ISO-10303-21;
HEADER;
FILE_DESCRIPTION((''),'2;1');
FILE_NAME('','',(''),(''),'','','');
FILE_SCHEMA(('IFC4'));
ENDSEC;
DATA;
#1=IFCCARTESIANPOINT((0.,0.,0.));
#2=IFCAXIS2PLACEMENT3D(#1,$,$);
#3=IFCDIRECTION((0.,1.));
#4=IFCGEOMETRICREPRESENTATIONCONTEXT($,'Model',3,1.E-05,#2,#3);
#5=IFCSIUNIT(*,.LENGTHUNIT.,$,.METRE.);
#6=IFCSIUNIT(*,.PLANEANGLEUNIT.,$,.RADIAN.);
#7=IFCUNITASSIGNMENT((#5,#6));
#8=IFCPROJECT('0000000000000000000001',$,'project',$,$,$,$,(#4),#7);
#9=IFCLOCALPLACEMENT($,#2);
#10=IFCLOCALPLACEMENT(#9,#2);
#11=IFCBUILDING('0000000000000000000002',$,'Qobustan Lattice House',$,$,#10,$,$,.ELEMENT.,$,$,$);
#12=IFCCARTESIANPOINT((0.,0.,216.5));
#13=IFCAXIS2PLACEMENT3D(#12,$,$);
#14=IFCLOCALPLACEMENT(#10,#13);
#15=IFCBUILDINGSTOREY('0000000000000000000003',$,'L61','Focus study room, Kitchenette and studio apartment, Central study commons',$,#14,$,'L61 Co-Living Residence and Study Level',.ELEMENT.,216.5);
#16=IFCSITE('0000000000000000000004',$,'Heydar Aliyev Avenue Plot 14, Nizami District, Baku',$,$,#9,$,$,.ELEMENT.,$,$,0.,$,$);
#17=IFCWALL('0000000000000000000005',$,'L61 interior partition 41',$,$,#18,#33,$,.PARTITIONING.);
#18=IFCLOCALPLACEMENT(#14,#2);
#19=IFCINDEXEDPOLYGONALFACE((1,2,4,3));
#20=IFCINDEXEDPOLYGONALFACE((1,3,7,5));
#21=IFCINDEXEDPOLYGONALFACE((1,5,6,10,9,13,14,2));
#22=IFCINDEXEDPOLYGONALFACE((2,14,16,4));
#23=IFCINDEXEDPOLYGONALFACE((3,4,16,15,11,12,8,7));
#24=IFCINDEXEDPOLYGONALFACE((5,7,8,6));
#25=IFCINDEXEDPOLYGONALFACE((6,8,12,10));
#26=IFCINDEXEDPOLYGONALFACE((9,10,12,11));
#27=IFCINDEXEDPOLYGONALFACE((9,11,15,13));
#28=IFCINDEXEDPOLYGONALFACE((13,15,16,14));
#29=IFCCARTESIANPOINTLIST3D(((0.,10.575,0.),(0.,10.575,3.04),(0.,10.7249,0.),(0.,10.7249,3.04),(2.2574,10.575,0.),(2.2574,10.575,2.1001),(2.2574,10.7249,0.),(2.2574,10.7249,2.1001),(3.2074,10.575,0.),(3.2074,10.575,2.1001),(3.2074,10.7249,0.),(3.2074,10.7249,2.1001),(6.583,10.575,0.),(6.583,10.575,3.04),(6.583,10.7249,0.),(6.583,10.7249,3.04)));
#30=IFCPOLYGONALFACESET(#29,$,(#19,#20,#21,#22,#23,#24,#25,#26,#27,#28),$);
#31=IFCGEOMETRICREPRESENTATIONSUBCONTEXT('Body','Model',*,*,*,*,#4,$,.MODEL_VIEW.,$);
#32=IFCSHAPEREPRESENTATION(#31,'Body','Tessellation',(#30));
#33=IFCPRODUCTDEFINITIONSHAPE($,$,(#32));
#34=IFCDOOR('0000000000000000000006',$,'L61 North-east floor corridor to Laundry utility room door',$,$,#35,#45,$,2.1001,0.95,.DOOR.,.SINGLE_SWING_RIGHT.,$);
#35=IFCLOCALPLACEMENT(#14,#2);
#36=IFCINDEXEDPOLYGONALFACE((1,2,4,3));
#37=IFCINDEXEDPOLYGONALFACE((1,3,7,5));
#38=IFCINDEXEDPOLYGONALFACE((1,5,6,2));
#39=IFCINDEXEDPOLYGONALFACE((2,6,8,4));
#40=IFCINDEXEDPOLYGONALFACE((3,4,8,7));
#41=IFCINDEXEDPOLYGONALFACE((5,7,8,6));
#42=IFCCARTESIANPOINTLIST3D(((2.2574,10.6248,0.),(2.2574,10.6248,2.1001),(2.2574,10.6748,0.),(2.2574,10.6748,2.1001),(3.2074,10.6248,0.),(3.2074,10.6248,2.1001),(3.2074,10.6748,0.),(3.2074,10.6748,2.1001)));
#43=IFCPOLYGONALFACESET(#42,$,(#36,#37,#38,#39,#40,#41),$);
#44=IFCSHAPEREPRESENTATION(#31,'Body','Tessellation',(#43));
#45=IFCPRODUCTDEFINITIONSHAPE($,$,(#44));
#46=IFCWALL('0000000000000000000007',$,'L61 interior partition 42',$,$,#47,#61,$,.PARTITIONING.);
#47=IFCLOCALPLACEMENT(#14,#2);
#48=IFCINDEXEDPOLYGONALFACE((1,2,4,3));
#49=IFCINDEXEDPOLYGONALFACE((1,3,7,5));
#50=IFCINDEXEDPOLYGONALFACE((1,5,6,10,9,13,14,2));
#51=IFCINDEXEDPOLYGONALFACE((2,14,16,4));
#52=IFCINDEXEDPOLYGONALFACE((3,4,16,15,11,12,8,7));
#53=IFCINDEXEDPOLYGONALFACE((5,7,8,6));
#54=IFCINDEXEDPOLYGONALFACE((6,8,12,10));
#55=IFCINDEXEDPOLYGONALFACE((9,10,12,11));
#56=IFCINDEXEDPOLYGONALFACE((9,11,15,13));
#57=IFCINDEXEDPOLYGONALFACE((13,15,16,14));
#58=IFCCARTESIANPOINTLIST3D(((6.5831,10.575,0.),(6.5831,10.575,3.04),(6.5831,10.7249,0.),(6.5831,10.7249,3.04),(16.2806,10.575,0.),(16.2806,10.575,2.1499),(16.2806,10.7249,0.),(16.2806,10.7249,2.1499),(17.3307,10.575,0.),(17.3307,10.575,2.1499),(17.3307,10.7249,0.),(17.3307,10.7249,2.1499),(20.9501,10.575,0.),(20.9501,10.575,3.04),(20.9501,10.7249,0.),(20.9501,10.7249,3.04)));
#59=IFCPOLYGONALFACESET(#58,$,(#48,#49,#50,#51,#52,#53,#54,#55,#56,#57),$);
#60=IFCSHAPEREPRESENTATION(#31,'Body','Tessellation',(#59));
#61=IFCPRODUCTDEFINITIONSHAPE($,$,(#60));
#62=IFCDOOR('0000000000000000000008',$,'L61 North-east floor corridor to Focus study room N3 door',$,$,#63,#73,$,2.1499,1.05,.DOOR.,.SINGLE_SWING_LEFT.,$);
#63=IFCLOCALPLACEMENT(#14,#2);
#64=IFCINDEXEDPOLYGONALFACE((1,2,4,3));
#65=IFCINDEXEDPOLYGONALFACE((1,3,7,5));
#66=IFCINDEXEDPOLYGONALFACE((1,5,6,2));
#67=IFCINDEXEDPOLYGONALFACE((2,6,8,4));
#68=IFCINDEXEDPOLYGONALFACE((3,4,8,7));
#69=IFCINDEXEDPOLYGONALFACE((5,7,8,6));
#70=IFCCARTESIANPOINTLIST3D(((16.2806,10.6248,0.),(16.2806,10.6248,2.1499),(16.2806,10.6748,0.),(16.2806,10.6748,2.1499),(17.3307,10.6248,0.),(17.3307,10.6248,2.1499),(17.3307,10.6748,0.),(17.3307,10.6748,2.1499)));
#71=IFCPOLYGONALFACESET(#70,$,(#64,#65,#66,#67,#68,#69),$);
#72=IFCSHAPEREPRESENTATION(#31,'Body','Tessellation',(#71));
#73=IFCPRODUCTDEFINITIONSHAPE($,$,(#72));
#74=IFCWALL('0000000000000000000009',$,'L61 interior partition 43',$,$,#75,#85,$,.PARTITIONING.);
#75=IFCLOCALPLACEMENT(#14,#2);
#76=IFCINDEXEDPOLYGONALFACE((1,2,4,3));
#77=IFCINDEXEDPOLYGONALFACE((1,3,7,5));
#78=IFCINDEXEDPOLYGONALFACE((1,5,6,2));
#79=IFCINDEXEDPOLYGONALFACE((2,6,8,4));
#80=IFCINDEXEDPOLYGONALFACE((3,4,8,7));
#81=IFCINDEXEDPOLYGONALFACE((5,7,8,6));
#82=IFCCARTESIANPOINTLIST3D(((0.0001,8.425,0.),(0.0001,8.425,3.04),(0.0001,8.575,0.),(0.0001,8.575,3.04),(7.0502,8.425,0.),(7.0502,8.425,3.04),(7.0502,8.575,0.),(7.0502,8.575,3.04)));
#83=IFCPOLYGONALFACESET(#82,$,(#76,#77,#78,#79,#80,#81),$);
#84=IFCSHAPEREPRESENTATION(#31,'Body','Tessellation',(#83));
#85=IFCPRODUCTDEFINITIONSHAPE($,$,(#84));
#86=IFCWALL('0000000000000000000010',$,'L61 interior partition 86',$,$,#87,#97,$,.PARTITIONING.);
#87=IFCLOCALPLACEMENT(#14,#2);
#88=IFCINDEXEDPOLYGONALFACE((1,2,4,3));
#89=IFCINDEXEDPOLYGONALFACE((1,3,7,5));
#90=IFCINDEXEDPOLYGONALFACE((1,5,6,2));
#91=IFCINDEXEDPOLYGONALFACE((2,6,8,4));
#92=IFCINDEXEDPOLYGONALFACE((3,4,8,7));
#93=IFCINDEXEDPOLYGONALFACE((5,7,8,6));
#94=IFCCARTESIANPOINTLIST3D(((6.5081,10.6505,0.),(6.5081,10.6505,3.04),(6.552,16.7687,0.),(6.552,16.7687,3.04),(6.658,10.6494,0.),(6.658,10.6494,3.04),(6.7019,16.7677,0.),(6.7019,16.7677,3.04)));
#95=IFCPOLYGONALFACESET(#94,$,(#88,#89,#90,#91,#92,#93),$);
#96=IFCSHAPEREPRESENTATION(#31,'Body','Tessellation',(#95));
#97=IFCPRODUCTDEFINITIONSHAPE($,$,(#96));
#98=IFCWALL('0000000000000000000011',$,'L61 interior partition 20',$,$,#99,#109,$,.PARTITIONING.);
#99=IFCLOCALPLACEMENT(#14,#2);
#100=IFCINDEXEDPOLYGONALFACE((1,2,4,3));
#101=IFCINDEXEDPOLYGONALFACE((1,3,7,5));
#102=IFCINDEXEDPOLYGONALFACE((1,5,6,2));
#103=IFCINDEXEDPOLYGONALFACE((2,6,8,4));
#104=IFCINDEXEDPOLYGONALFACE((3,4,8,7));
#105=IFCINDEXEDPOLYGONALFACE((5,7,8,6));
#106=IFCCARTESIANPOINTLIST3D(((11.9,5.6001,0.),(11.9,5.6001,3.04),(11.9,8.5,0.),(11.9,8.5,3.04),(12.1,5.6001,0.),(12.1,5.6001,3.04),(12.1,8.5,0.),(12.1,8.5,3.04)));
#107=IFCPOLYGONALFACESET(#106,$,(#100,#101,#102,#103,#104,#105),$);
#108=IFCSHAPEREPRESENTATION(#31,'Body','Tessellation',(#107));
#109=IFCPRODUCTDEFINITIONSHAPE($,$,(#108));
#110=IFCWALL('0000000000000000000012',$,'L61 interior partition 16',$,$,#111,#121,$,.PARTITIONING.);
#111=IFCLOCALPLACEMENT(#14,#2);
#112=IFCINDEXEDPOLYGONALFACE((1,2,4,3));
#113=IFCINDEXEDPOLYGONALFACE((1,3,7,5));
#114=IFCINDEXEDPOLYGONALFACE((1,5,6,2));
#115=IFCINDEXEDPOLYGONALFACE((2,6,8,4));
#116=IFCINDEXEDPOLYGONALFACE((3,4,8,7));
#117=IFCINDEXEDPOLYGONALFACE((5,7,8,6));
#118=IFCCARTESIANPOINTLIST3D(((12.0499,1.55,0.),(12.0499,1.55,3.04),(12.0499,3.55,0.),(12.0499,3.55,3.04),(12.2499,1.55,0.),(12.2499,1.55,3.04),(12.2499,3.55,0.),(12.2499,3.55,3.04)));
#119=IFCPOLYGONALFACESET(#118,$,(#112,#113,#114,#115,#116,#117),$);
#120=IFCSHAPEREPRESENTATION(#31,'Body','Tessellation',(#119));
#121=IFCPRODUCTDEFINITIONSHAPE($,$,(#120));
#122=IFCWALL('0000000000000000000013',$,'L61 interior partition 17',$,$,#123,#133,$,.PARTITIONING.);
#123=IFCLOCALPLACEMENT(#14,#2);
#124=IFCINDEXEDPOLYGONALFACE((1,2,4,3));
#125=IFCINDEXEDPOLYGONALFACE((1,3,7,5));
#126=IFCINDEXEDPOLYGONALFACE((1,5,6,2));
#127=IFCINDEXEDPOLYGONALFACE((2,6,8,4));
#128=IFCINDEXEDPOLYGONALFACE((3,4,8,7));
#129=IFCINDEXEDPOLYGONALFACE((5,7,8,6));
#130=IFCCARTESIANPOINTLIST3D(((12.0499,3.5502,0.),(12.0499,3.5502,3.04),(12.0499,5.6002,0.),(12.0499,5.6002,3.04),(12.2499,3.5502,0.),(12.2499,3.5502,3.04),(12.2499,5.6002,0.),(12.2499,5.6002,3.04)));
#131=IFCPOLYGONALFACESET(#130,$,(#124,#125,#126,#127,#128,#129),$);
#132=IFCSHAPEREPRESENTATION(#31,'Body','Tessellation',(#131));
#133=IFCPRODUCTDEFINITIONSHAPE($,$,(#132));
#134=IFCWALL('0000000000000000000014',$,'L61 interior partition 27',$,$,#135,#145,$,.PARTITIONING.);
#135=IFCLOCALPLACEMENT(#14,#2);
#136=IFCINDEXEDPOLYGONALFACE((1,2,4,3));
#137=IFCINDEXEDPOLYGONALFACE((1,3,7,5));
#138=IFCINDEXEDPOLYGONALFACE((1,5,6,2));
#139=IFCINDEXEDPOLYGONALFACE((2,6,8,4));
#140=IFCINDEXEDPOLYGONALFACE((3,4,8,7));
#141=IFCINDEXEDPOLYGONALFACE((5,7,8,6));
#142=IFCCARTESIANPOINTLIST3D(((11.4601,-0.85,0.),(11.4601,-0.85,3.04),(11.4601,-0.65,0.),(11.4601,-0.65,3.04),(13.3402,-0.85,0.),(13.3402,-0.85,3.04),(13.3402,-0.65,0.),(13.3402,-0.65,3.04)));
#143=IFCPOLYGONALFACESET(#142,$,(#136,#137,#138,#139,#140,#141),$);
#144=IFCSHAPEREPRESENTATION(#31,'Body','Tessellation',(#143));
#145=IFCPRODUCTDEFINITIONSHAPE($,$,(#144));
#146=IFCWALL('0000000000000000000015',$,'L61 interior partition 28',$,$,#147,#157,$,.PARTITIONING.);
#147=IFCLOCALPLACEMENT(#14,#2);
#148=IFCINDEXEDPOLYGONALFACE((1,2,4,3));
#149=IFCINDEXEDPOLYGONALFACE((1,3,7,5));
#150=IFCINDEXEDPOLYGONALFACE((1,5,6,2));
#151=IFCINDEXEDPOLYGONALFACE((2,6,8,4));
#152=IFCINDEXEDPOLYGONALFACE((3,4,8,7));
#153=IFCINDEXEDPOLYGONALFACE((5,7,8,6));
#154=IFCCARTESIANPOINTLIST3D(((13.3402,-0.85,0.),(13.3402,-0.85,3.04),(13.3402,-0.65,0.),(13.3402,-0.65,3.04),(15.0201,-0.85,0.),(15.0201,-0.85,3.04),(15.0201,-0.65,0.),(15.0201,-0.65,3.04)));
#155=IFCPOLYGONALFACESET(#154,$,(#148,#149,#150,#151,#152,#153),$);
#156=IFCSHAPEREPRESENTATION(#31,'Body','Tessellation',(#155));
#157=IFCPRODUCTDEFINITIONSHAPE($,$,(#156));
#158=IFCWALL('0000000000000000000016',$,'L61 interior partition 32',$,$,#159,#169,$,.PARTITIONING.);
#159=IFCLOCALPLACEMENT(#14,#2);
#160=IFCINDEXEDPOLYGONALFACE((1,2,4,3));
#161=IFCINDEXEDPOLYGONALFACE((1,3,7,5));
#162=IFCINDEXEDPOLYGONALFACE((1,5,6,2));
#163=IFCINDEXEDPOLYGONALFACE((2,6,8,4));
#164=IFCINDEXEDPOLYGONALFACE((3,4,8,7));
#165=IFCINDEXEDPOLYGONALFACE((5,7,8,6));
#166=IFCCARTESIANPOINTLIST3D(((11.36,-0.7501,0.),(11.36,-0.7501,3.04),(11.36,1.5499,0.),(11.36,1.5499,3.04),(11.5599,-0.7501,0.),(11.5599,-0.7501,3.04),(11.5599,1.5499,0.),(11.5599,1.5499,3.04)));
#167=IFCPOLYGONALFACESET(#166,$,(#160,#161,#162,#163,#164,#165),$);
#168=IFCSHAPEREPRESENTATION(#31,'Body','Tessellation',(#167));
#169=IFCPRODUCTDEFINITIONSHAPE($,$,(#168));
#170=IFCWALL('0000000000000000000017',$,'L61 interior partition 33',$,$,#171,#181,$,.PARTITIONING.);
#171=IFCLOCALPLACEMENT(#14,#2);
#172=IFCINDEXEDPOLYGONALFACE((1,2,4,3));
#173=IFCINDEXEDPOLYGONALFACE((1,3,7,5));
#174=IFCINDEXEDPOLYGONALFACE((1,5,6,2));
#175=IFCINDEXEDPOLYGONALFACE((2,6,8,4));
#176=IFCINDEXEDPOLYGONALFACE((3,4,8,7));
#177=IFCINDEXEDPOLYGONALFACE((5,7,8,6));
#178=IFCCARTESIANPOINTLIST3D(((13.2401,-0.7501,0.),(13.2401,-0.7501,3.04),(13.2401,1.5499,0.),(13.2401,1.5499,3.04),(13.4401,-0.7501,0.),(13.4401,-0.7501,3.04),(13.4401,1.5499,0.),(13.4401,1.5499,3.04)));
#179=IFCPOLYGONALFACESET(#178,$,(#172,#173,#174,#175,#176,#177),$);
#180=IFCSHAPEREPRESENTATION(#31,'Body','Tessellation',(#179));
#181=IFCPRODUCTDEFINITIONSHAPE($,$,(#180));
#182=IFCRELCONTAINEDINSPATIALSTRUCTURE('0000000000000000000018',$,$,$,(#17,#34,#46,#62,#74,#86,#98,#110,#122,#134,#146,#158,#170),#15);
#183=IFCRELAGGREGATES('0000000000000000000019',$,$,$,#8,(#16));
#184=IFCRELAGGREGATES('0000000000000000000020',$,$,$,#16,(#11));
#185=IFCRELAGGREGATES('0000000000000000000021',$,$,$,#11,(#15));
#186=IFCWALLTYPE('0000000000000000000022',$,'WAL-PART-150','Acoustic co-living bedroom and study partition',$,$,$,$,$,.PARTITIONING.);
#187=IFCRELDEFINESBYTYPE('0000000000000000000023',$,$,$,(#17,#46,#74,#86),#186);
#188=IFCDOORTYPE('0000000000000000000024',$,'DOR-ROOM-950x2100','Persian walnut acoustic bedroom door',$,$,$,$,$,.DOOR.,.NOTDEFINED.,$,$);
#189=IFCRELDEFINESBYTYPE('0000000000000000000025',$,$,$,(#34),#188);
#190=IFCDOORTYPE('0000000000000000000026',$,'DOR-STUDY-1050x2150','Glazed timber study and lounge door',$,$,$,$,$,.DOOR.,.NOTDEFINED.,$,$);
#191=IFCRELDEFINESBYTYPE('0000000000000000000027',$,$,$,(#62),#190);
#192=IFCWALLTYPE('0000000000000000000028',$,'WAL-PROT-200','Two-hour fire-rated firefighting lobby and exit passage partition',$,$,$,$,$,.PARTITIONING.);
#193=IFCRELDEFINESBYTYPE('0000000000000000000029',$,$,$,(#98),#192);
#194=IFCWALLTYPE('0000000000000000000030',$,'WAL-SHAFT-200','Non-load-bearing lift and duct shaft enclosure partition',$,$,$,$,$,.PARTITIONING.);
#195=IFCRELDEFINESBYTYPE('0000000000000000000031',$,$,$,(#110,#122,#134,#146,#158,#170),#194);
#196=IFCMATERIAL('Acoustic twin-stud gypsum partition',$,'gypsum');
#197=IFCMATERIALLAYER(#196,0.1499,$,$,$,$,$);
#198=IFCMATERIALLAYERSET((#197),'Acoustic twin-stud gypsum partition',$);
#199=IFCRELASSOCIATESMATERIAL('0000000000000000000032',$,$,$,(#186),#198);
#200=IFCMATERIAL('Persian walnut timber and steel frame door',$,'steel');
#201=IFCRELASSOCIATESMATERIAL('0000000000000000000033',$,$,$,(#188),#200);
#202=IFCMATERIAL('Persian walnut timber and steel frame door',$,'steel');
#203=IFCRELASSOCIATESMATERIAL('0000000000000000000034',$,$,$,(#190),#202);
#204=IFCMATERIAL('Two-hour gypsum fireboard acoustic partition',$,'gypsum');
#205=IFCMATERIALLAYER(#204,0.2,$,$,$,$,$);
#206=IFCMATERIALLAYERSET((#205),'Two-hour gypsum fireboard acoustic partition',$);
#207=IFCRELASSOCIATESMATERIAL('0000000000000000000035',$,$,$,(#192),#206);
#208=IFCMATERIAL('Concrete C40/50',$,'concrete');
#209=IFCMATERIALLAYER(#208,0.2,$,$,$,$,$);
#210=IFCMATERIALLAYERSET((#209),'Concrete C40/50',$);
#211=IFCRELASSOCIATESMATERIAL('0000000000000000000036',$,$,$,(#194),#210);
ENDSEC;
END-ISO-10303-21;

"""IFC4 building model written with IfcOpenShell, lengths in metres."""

from ifc_helpers import new_model, si_unit, direction, frame, frame_2d, origin, place, context, subcontext, project, spatial, rectangle, extrude, material, layer, layer_set, type_object, element, fill, save


model = new_model("IFC4")

# Units and contexts
model_context = context("Model", 3, precision=1e-05, world=origin(), true_north=direction((0.0, 1.0)))
body_context = subcontext(model_context, "Body", "Model", "MODEL_VIEW")
ifc_project = project(units=[si_unit("LENGTHUNIT", "METRE"), si_unit("PLANEANGLEUNIT", "RADIAN")], contexts=[model_context])

# Site, building, storey
site_placement = place(None, origin())
site = spatial("IfcSite", under=ifc_project, at=site_placement, Name="Heydar Aliyev Avenue Plot 14, Nizami District, Baku", CompositionType="ELEMENT", RefElevation=0.0)
building_placement = place(site_placement, origin())
building = spatial("IfcBuilding", under=site, at=building_placement, Name="Qobustan Lattice House", CompositionType="ELEMENT")
storey_placement = place(building_placement, frame((0.0, 0.0, 216.5)))
storey = spatial("IfcBuildingStorey", under=building, at=storey_placement, Name="L61", Description="Focus study room, Kitchenette and studio apartment, Central study commons", LongName="L61 Co-Living Residence and Study Level", CompositionType="ELEMENT", Elevation=216.5)

# Shared definitions
ifc_material_1 = material(Name="Acoustic twin-stud gypsum partition", Category="gypsum")
ifc_layer_1 = layer(ifc_material_1, 0.1499)
ifc_layer_set_1 = layer_set([ifc_layer_1], Name="Acoustic twin-stud gypsum partition")
wall_type_1 = type_object("IfcWallType", Name="WAL-PART-150", Description="Acoustic co-living bedroom and study partition", PredefinedType="PARTITIONING", material=ifc_layer_set_1)
ifc_material_2 = material(Name="Persian walnut timber and steel frame door", Category="steel")
door_type_1 = type_object("IfcDoorType", Name="DOR-ROOM-950x2100", Description="Persian walnut acoustic bedroom door", OperationType="NOTDEFINED", PredefinedType="DOOR", material=ifc_material_2)

# Walls, openings, doors
wall_1_placement = place(storey_placement, frame((0.0, 10.6499, 0.0), z_axis=(0.0, 0.0, 1.0), x_axis=(1.0, 0.0, 0.0)))
wall_1 = element("IfcWall", 1, at=wall_1_placement, inside=storey, type_object=wall_type_1, Name="L61 interior partition 41", PredefinedType="PARTITIONING", context=body_context, shape_type="SweptSolid", body=[
    extrude(rectangle(XDim=6.583, YDim=0.1499, at=frame_2d((3.2915, 0.0))), origin(), (0.0, 0.0, 1.0), 3.04),
])
opening_1_placement = place(wall_1_placement, frame((2.2573, 0.0, 0.0)))
opening_1 = element("IfcOpeningElement", 2, at=opening_1_placement, cuts=wall_1, PredefinedType="OPENING", context=body_context, shape_type="SweptSolid", body=[
    extrude(rectangle(XDim=0.95, YDim=2.1001, at=frame_2d((0.4751, 1.05))), frame((0.0, 0.085, 0.0), z_axis=(0.0, -1.0, 0.0), x_axis=(1.0, 0.0, 0.0)), (0.0, 0.0, 1.0), 0.1699),
])
door_1_placement = place(opening_1_placement, origin())
door_1 = element("IfcDoor", 3, at=door_1_placement, inside=storey, type_object=door_type_1, Name="L61 North-east floor corridor to Laundry utility room door", OperationType="SINGLE_SWING_RIGHT", OverallHeight=2.1001, OverallWidth=0.95, PredefinedType="DOOR", context=body_context, shape_type="SweptSolid", body=[
    extrude(rectangle(XDim=0.95, YDim=2.1001, at=frame_2d((0.4751, 1.05))), frame((0.0, 0.0249, 0.0), z_axis=(0.0, -1.0, 0.0), x_axis=(1.0, 0.0, 0.0)), (0.0, 0.0, 1.0), 0.05),
])
fill(opening_1, door_1)
wall_2_placement = place(storey_placement, frame((6.583, 10.6499, 0.0), z_axis=(0.0, 0.0, 1.0), x_axis=(1.0, 0.0, 0.0)))
wall_2 = element("IfcWall", 4, at=wall_2_placement, inside=storey, type_object=wall_type_1, Name="L61 interior partition 42", PredefinedType="PARTITIONING", context=body_context, shape_type="SweptSolid", body=[
    extrude(rectangle(XDim=14.3669, YDim=0.1499, at=frame_2d((7.1836, 0.0))), origin(), (0.0, 0.0, 1.0), 3.04),
])
opening_2_placement = place(wall_2_placement, frame((9.6978, 0.0, 0.0)))
opening_2 = element("IfcOpeningElement", 5, at=opening_2_placement, cuts=wall_2, PredefinedType="OPENING", context=body_context, shape_type="SweptSolid", body=[
    extrude(rectangle(XDim=1.05, YDim=2.1499, at=frame_2d((0.5249, 1.075))), frame((0.0, 0.085, 0.0), z_axis=(0.0, -1.0, 0.0), x_axis=(1.0, 0.0, 0.0)), (0.0, 0.0, 1.0), 0.1699),
])
ifc_material_3 = material(Name="Persian walnut timber and steel frame door", Category="steel")
door_type_2 = type_object("IfcDoorType", Name="DOR-STUDY-1050x2150", Description="Glazed timber study and lounge door", OperationType="NOTDEFINED", PredefinedType="DOOR", material=ifc_material_3)
door_2_placement = place(opening_2_placement, origin())
door_2 = element("IfcDoor", 6, at=door_2_placement, inside=storey, type_object=door_type_2, Name="L61 North-east floor corridor to Focus study room N3 door", OperationType="SINGLE_SWING_LEFT", OverallHeight=2.1499, OverallWidth=1.05, PredefinedType="DOOR", context=body_context, shape_type="SweptSolid", body=[
    extrude(rectangle(XDim=1.05, YDim=2.1499, at=frame_2d((0.5249, 1.075))), frame((0.0, 0.0249, 0.0), z_axis=(0.0, -1.0, 0.0), x_axis=(1.0, 0.0, 0.0)), (0.0, 0.0, 1.0), 0.05),
])
fill(opening_2, door_2)

# Walls
wall_3_placement = place(storey_placement, frame((7.05, 8.5, 0.0), z_axis=(0.0, 0.0, 1.0), x_axis=(-1.0, 0.0, 0.0)))
element("IfcWall", 7, at=wall_3_placement, inside=storey, type_object=wall_type_1, Name="L61 interior partition 43", PredefinedType="PARTITIONING", context=body_context, shape_type="SweptSolid", body=[
    extrude(rectangle(XDim=7.05, YDim=0.1499, at=frame_2d((3.5249, 0.0))), origin(), (0.0, 0.0, 1.0), 3.04),
])
wall_4_placement = place(storey_placement, frame((6.627, 16.7681, 0.0), z_axis=(0.0, 0.0, 1.0), x_axis=(-0.007183, -0.999974, 0.0)))
element("IfcWall", 8, at=wall_4_placement, inside=storey, type_object=wall_type_1, Name="L61 interior partition 86", PredefinedType="PARTITIONING", context=body_context, shape_type="SweptSolid", body=[
    extrude(rectangle(XDim=6.1184, YDim=0.1499, at=frame_2d((3.0591, 0.0))), origin(), (0.0, 0.0, 1.0), 3.04),
])
ifc_material_4 = material(Name="Two-hour gypsum fireboard acoustic partition", Category="gypsum")
ifc_layer_2 = layer(ifc_material_4, 0.2)
ifc_layer_set_2 = layer_set([ifc_layer_2], Name="Two-hour gypsum fireboard acoustic partition")
wall_type_2 = type_object("IfcWallType", Name="WAL-PROT-200", Description="Two-hour fire-rated firefighting lobby and exit passage partition", PredefinedType="PARTITIONING", material=ifc_layer_set_2)
wall_5_placement = place(storey_placement, frame((12.0, 8.5, 0.0), z_axis=(0.0, 0.0, 1.0), x_axis=(0.0, -1.0, 0.0)))
element("IfcWall", 9, at=wall_5_placement, inside=storey, type_object=wall_type_2, Name="L61 interior partition 20", PredefinedType="PARTITIONING", context=body_context, shape_type="SweptSolid", body=[
    extrude(rectangle(XDim=2.8999, YDim=0.2, at=frame_2d((1.45, 0.0))), origin(), (0.0, 0.0, 1.0), 3.04),
])
ifc_material_5 = material(Name="Concrete C40/50", Category="concrete")
ifc_layer_3 = layer(ifc_material_5, 0.2)
ifc_layer_set_3 = layer_set([ifc_layer_3], Name="Concrete C40/50")
wall_type_3 = type_object("IfcWallType", Name="WAL-SHAFT-200", Description="Non-load-bearing lift and duct shaft enclosure partition", PredefinedType="PARTITIONING", material=ifc_layer_set_3)
wall_6_placement = place(storey_placement, frame((12.1499, 3.55, 0.0), z_axis=(0.0, 0.0, 1.0), x_axis=(0.0, -1.0, 0.0)))
element("IfcWall", 10, at=wall_6_placement, inside=storey, type_object=wall_type_3, Name="L61 interior partition 16", PredefinedType="PARTITIONING", context=body_context, shape_type="SweptSolid", body=[
    extrude(rectangle(XDim=2.0, YDim=0.2, at=frame_2d((1.0, 0.0))), origin(), (0.0, 0.0, 1.0), 3.04),
])
wall_7_placement = place(storey_placement, frame((12.1499, 5.6001, 0.0), z_axis=(0.0, 0.0, 1.0), x_axis=(0.0, -1.0, 0.0)))
element("IfcWall", 11, at=wall_7_placement, inside=storey, type_object=wall_type_3, Name="L61 interior partition 17", PredefinedType="PARTITIONING", context=body_context, shape_type="SweptSolid", body=[
    extrude(rectangle(XDim=2.05, YDim=0.2, at=frame_2d((1.0249, 0.0))), origin(), (0.0, 0.0, 1.0), 3.04),
])
wall_8_placement = place(storey_placement, frame((13.3401, -0.75, 0.0), z_axis=(0.0, 0.0, 1.0), x_axis=(-1.0, 0.0, 0.0)))
element("IfcWall", 12, at=wall_8_placement, inside=storey, type_object=wall_type_3, Name="L61 interior partition 27", PredefinedType="PARTITIONING", context=body_context, shape_type="SweptSolid", body=[
    extrude(rectangle(XDim=1.8801, YDim=0.2, at=frame_2d((0.9399, 0.0))), origin(), (0.0, 0.0, 1.0), 3.04),
])
wall_9_placement = place(storey_placement, frame((15.02, -0.75, 0.0), z_axis=(0.0, 0.0, 1.0), x_axis=(-1.0, 0.0, 0.0)))
element("IfcWall", 13, at=wall_9_placement, inside=storey, type_object=wall_type_3, Name="L61 interior partition 28", PredefinedType="PARTITIONING", context=body_context, shape_type="SweptSolid", body=[
    extrude(rectangle(XDim=1.6799, YDim=0.2, at=frame_2d((0.8398, 0.0))), origin(), (0.0, 0.0, 1.0), 3.04),
])
for number, where, z_axis, x_axis, name in (
    (14, (11.46, -0.75, 0.0), (0.0, 0.0, 1.0), (0.0, 1.0, 0.0), "L61 interior partition 32"),
    (15, (13.3401, -0.75, 0.0), (0.0, 0.0, 1.0), (0.0, 1.0, 0.0), "L61 interior partition 33"),
):
    element("IfcWall", number, at=place(storey_placement, frame(where, z_axis=z_axis, x_axis=x_axis)), inside=storey, type_object=wall_type_3, Name=name, PredefinedType="PARTITIONING", context=body_context, shape_type="SweptSolid", body=[
        extrude(rectangle(XDim=2.3, YDim=0.2, at=frame_2d((1.1499, 0.0))), origin(), (0.0, 0.0, 1.0), 3.04),
    ])

save(model, "model.ifc")
